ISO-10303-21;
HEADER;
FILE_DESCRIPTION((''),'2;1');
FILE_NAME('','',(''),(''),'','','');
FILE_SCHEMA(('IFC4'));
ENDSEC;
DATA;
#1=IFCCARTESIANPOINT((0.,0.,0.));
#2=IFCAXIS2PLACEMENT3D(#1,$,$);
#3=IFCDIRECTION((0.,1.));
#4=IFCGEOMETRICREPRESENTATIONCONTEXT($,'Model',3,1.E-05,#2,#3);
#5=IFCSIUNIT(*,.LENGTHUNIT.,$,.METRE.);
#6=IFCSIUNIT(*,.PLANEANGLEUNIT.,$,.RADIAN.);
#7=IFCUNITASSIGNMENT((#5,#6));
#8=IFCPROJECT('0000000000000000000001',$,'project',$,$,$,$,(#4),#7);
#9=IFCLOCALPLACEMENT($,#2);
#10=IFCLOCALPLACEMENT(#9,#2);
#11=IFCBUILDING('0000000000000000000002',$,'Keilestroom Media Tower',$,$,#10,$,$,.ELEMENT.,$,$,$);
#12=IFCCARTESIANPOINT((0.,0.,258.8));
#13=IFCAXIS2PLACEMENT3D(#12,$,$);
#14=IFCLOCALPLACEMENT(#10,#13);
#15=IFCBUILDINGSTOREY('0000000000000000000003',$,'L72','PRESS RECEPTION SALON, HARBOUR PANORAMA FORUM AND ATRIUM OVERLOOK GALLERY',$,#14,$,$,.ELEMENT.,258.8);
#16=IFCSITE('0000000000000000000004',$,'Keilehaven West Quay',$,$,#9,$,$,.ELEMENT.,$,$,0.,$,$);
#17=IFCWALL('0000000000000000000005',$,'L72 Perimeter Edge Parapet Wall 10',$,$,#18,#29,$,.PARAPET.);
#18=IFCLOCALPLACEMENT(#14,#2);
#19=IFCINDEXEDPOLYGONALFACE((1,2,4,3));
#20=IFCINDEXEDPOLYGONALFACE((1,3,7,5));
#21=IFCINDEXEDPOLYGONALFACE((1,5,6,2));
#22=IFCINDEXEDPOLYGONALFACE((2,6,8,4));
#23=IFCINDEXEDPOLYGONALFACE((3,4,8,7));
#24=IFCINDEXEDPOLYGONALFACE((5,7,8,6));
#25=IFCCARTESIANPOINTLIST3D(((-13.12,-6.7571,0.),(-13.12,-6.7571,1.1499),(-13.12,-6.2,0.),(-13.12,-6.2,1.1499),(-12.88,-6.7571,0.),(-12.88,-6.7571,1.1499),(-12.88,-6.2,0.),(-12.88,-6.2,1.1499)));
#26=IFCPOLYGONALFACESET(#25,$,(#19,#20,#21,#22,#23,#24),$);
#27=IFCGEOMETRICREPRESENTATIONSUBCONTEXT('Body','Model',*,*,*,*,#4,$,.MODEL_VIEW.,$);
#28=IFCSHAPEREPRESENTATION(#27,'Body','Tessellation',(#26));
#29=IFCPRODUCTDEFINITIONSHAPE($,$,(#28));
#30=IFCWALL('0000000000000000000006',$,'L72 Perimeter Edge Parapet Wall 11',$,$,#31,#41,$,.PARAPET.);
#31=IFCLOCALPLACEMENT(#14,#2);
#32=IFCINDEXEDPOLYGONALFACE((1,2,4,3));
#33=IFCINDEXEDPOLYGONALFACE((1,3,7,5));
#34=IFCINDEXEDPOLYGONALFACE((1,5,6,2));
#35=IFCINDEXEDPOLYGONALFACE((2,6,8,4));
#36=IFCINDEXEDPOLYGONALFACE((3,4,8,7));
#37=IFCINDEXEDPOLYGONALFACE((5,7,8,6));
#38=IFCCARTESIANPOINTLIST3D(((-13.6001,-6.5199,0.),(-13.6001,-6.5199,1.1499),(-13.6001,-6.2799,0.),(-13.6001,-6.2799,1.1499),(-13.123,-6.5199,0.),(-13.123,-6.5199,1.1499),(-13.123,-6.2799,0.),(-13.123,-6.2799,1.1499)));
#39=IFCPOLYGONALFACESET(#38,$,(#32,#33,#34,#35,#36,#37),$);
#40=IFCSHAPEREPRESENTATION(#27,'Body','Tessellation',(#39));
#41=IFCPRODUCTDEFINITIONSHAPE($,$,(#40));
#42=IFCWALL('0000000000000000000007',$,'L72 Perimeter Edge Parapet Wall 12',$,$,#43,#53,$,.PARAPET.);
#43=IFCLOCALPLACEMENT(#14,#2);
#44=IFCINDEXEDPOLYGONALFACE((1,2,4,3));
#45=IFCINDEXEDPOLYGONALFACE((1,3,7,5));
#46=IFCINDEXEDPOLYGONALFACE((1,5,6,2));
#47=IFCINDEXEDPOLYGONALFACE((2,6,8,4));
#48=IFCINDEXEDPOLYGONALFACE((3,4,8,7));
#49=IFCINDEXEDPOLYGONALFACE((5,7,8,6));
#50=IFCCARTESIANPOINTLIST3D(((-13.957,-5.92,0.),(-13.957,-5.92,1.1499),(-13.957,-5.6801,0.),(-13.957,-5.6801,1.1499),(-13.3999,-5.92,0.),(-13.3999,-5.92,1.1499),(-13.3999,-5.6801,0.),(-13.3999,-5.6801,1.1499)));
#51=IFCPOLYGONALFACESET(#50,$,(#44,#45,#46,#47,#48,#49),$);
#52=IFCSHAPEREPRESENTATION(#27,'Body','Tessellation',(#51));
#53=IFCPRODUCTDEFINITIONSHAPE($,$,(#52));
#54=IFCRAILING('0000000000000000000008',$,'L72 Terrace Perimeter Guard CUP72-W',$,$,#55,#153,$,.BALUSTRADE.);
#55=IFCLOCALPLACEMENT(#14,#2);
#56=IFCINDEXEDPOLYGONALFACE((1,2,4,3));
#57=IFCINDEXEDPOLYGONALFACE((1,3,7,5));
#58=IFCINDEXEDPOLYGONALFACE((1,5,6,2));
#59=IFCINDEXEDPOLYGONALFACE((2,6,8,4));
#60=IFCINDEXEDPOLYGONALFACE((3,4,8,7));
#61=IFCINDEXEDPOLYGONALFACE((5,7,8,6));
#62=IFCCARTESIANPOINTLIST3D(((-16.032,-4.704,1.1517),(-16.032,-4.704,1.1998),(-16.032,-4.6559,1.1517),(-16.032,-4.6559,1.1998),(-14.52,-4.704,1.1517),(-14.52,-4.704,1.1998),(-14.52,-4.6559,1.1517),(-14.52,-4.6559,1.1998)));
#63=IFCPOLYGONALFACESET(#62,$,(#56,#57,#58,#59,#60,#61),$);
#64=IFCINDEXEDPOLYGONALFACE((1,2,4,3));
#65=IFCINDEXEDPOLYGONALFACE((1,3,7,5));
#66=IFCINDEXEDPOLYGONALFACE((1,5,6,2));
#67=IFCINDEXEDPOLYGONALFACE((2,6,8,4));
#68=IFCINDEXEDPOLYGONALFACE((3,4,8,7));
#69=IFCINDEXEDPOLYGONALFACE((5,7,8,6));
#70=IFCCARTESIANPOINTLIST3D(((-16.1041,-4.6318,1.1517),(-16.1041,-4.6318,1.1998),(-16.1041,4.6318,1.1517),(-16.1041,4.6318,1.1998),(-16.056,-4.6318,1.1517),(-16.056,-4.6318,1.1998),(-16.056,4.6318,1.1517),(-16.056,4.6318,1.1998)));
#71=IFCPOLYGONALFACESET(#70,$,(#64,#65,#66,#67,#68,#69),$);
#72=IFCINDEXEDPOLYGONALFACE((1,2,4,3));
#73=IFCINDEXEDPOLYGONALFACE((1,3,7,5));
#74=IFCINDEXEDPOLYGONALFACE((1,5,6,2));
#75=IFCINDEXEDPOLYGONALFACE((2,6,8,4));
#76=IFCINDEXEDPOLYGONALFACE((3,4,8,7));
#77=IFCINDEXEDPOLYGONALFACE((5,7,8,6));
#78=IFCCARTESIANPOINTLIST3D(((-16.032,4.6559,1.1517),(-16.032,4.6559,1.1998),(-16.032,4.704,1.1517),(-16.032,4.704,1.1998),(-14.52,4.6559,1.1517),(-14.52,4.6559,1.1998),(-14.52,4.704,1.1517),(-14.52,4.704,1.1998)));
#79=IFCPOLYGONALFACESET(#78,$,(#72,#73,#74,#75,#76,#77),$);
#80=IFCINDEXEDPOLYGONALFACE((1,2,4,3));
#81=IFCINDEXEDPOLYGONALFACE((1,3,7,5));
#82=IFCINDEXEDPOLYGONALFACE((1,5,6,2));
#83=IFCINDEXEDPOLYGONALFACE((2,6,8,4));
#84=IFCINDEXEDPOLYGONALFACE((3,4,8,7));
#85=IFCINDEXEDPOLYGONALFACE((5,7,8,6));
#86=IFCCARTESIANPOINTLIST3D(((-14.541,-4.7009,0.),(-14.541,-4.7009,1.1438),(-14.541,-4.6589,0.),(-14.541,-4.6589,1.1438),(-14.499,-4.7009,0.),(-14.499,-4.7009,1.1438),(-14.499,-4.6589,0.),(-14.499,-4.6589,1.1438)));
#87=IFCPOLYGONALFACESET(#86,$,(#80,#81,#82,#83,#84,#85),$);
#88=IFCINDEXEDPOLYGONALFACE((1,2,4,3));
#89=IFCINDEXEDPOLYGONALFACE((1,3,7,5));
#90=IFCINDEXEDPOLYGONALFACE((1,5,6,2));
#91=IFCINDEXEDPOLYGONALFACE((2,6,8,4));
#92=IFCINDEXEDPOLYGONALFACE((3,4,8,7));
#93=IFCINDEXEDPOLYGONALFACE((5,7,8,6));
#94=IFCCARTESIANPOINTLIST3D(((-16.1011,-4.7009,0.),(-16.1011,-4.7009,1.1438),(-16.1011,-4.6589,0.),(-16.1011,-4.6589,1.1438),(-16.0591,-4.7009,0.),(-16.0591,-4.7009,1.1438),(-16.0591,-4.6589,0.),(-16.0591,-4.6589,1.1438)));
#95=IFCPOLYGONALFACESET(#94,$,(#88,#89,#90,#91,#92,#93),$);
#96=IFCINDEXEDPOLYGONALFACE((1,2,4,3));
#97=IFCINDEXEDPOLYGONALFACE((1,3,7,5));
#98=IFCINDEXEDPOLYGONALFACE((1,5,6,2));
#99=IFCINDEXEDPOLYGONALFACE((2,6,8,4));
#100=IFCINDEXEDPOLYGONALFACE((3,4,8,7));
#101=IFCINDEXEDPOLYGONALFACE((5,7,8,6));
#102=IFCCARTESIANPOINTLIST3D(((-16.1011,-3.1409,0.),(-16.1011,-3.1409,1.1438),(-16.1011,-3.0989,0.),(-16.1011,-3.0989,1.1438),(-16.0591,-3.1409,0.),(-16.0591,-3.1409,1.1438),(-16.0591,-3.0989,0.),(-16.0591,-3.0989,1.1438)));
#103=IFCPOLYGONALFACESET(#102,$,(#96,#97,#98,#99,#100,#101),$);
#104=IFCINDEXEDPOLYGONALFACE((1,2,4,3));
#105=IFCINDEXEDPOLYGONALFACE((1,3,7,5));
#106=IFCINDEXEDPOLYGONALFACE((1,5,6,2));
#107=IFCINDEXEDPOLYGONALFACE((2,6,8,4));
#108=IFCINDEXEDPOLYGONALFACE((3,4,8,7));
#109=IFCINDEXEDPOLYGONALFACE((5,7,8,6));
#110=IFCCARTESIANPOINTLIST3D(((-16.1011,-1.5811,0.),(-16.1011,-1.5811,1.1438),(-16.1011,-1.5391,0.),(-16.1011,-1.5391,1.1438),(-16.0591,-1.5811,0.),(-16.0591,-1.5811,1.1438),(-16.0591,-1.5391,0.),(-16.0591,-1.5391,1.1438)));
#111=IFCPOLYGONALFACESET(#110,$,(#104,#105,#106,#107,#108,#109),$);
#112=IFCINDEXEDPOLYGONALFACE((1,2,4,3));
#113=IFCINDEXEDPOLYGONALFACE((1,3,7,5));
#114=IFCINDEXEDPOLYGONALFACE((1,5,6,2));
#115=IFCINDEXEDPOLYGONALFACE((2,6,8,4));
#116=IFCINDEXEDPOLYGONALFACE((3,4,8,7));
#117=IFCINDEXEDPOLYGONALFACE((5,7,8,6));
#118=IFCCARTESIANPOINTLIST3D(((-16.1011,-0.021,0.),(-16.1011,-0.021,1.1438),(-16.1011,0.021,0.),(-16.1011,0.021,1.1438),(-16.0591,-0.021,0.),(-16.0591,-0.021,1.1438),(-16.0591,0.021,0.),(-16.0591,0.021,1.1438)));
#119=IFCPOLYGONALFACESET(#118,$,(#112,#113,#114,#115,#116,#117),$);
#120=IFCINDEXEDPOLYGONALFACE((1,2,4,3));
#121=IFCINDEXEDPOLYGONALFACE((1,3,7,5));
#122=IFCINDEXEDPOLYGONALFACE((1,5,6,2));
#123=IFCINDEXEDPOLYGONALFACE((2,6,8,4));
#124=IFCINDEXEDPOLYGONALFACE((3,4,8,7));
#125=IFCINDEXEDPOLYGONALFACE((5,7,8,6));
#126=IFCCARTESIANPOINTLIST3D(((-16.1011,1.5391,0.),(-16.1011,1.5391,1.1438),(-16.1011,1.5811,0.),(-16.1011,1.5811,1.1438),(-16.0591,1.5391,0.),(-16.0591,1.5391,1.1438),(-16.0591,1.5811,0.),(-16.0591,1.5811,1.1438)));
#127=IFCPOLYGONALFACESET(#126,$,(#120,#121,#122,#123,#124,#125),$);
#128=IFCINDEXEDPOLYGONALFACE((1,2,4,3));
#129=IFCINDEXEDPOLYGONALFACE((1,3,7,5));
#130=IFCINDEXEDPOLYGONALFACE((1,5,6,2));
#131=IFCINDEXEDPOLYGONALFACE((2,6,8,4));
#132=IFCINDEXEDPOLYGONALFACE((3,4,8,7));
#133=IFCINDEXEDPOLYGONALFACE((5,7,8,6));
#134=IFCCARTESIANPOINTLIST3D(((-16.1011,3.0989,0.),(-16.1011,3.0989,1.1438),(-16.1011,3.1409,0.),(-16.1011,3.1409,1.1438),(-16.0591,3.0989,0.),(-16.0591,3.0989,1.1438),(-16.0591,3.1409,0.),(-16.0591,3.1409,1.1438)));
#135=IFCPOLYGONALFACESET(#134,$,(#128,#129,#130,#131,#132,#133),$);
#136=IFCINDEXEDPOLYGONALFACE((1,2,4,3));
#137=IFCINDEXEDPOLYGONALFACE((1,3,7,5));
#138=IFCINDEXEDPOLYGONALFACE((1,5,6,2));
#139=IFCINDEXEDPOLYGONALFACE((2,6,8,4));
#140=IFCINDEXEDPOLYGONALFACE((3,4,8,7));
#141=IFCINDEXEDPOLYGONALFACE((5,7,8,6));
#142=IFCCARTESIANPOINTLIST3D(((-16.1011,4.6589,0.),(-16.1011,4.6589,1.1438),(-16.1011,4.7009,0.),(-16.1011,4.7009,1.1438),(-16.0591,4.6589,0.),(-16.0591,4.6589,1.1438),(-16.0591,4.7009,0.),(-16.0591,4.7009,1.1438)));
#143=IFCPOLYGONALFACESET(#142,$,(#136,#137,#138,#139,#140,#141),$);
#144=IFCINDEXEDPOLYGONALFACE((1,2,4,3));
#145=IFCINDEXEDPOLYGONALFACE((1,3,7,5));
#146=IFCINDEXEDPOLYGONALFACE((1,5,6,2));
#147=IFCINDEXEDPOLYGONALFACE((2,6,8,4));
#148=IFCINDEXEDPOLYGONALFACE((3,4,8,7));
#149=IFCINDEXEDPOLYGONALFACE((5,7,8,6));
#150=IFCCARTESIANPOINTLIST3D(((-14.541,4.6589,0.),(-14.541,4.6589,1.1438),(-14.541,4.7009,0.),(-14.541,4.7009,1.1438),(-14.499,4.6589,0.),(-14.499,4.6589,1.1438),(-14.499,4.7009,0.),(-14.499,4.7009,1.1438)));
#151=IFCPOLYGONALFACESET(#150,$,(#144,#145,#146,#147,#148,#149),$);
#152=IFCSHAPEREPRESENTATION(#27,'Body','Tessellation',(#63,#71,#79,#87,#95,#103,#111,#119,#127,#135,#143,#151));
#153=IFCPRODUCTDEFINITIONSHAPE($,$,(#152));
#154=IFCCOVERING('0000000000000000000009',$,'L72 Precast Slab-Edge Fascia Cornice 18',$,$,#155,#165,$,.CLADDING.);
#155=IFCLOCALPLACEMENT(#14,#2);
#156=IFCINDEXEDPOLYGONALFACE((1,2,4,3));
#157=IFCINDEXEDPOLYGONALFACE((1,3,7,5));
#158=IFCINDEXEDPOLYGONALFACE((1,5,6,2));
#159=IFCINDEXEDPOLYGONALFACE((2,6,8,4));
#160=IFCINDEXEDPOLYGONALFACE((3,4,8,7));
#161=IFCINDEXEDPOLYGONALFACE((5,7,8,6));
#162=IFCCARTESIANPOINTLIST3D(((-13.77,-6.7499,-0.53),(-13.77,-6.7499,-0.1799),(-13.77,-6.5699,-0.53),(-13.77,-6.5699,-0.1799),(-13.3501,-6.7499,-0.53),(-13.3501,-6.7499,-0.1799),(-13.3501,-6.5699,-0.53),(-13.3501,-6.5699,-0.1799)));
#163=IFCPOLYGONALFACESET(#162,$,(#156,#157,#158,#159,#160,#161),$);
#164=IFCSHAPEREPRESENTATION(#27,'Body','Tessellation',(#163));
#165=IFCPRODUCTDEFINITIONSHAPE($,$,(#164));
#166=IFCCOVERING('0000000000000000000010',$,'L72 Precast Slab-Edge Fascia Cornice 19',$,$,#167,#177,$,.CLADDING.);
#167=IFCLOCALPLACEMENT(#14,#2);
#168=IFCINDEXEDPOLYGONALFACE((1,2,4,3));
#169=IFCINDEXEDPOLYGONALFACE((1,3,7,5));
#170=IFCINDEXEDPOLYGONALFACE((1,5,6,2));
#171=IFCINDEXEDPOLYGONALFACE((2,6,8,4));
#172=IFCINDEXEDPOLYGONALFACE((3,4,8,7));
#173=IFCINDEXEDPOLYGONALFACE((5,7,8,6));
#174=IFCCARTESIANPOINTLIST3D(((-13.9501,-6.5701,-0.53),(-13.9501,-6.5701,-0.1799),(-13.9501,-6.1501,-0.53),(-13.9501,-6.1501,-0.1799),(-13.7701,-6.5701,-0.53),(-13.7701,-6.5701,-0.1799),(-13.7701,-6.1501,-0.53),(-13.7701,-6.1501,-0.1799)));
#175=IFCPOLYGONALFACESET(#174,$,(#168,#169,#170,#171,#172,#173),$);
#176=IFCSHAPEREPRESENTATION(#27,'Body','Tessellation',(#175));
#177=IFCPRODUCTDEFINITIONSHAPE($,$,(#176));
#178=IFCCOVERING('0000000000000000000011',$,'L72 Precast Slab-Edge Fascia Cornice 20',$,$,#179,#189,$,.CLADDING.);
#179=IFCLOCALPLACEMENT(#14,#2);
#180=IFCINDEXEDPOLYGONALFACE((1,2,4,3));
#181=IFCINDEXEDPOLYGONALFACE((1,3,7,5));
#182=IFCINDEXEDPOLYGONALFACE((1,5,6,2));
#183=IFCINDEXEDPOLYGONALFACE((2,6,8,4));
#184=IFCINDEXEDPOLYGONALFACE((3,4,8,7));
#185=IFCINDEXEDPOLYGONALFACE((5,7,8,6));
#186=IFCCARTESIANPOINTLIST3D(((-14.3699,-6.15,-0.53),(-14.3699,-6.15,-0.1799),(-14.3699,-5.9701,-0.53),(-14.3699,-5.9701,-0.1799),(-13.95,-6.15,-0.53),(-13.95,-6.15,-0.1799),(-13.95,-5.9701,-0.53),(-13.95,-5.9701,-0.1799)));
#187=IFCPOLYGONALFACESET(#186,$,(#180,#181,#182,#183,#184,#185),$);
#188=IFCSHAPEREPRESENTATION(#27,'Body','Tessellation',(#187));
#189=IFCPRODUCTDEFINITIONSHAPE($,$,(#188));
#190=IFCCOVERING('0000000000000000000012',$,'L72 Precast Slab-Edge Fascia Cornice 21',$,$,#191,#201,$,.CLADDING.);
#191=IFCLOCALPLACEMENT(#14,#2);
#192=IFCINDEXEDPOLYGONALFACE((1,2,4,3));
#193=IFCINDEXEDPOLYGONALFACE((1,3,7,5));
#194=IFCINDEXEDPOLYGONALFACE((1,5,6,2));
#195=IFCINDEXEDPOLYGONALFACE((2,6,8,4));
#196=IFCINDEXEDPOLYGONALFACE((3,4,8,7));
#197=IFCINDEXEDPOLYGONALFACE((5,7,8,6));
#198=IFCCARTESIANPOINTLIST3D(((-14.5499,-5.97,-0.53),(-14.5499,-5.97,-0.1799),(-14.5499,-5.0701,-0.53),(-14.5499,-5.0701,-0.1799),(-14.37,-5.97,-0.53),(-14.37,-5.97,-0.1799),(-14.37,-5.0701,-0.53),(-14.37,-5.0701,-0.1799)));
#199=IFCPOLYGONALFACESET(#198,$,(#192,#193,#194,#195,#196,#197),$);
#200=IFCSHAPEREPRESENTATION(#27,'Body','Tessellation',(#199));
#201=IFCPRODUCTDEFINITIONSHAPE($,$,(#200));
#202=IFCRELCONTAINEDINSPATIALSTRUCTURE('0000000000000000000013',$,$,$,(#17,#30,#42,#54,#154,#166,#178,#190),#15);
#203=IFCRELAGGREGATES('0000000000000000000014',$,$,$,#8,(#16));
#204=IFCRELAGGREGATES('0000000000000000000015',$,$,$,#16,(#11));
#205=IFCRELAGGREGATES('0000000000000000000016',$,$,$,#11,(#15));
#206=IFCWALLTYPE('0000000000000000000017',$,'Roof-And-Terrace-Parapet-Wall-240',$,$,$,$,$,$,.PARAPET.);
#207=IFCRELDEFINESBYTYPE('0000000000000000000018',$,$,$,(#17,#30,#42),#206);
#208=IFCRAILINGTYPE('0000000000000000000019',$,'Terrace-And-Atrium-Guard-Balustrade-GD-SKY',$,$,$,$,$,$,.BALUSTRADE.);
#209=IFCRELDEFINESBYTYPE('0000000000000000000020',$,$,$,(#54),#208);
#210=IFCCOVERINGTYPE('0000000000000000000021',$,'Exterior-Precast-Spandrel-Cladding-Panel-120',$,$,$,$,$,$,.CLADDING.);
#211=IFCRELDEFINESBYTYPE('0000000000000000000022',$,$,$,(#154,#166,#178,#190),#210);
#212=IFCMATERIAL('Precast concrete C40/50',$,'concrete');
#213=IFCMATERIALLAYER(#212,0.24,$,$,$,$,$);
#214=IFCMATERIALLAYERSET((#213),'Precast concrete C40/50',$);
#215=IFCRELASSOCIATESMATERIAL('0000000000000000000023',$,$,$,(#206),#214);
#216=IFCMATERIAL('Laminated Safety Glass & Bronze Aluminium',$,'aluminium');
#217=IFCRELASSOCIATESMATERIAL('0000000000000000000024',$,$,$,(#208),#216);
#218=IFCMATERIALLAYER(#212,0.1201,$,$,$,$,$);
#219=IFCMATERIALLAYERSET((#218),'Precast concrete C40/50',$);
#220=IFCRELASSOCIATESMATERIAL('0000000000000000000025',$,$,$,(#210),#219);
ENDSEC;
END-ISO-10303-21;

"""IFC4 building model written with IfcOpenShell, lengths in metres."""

from ifc_helpers import new_model, si_unit, direction, frame, frame_2d, origin, origin_2d, place, context, subcontext, project, spatial, rectangle, extrude, source, transform, mapped, material, layer, layer_set, type_object, element, save


model = new_model("IFC4")

# Units and contexts
model_context = context("Model", 3, precision=1e-05, world=origin(), true_north=direction((0.0, 1.0)))
body_context = subcontext(model_context, "Body", "Model", "MODEL_VIEW")
ifc_project = project(units=[si_unit("LENGTHUNIT", "METRE"), si_unit("PLANEANGLEUNIT", "RADIAN")], contexts=[model_context])

# Site, building, storey
site_placement = place(None, origin())
site = spatial("IfcSite", under=ifc_project, at=site_placement, Name="Keilehaven West Quay", CompositionType="ELEMENT", RefElevation=0.0)
building_placement = place(site_placement, origin())
building = spatial("IfcBuilding", under=site, at=building_placement, Name="Keilestroom Media Tower", CompositionType="ELEMENT")
storey_placement = place(building_placement, frame((0.0, 0.0, 258.8)))
storey = spatial("IfcBuildingStorey", under=building, at=storey_placement, Name="L72", Description="PRESS RECEPTION SALON, HARBOUR PANORAMA FORUM AND ATRIUM OVERLOOK GALLERY", CompositionType="ELEMENT", Elevation=258.8)

# Shared definitions
ifc_material_1 = material(Name="Precast concrete C40/50", Category="concrete")

# Walls
ifc_layer_1 = layer(ifc_material_1, 0.24)
ifc_layer_set_1 = layer_set([ifc_layer_1], Name="Precast concrete C40/50")
wall_type_1 = type_object("IfcWallType", Name="Roof-And-Terrace-Parapet-Wall-240", PredefinedType="PARAPET", material=ifc_layer_set_1)
wall_1_placement = place(storey_placement, frame((-13.0, -6.7571, 0.0), z_axis=(0.0, 0.0, 1.0), x_axis=(0.0, 1.0, 0.0)))
element("IfcWall", 1, at=wall_1_placement, inside=storey, type_object=wall_type_1, Name="L72 Perimeter Edge Parapet Wall 10", PredefinedType="PARAPET", context=body_context, shape_type="SweptSolid", body=[
    extrude(rectangle(XDim=0.5571, YDim=0.24, at=frame_2d((0.2786, 0.0))), origin(), (0.0, 0.0, 1.0), 1.1499),
])
wall_2_placement = place(storey_placement, frame((-13.123, -6.3999, 0.0), z_axis=(0.0, 0.0, 1.0), x_axis=(-1.0, 0.0, 0.0)))
element("IfcWall", 2, at=wall_2_placement, inside=storey, type_object=wall_type_1, Name="L72 Perimeter Edge Parapet Wall 11", PredefinedType="PARAPET", context=body_context, shape_type="SweptSolid", body=[
    extrude(rectangle(XDim=0.4771, YDim=0.24, at=frame_2d((0.2385, 0.0))), origin(), (0.0, 0.0, 1.0), 1.1499),
])
wall_3_placement = place(storey_placement, frame((-13.3999, -5.8, 0.0), z_axis=(0.0, 0.0, 1.0), x_axis=(-1.0, 0.0, 0.0)))
element("IfcWall", 3, at=wall_3_placement, inside=storey, type_object=wall_type_1, Name="L72 Perimeter Edge Parapet Wall 12", PredefinedType="PARAPET", context=body_context, shape_type="SweptSolid", body=[
    extrude(rectangle(XDim=0.5571, YDim=0.24, at=frame_2d((0.2786, 0.0))), origin(), (0.0, 0.0, 1.0), 1.1499),
])

# Railing
ifc_material_2 = material(Name="Laminated Safety Glass & Bronze Aluminium", Category="aluminium")
railing_type = type_object("IfcRailingType", Name="Terrace-And-Atrium-Guard-Balustrade-GD-SKY", PredefinedType="BALUSTRADE", material=ifc_material_2)
railing_placement = place(storey_placement, frame((-14.52, -4.6799, 0.0)))
element("IfcRailing", 4, at=railing_placement, inside=storey, type_object=railing_type, Name="L72 Terrace Perimeter Guard CUP72-W", PredefinedType="BALUSTRADE", context=body_context, shape_type="SweptSolid", body=[
    extrude(rectangle(XDim=0.0481, YDim=0.0481, at=origin_2d()), frame((0.0, 0.0, 1.1758), z_axis=(-1.0, 0.0, 0.0), x_axis=(0.0, -1.0, 0.0)), (0.0, 0.0, 1.0), 1.512),
    extrude(rectangle(XDim=0.0481, YDim=0.0481, at=origin_2d()), frame((-1.5601, 0.0481, 1.1758), z_axis=(0.0, 1.0, 0.0), x_axis=(-1.0, 0.0, 0.0)), (0.0, 0.0, 1.0), 9.2637),
    extrude(rectangle(XDim=0.0481, YDim=0.0481, at=origin_2d()), frame((-1.512, 9.3599, 1.1758), z_axis=(1.0, 0.0, 0.0), x_axis=(0.0, 1.0, 0.0)), (0.0, 0.0, 1.0), 1.512),
    extrude(rectangle(XDim=0.042, YDim=0.042, at=origin_2d()), origin(), (0.0, 0.0, 1.0), 1.1438),
    extrude(rectangle(XDim=0.042, YDim=0.042, at=origin_2d()), frame((-1.5601, 0.0, 0.0)), (0.0, 0.0, 1.0), 1.1438),
    extrude(rectangle(XDim=0.042, YDim=0.042, at=origin_2d()), frame((-1.5601, 1.5601, 0.0)), (0.0, 0.0, 1.0), 1.1438),
    extrude(rectangle(XDim=0.042, YDim=0.042, at=origin_2d()), frame((-1.5601, 3.1199, 0.0)), (0.0, 0.0, 1.0), 1.1438),
    extrude(rectangle(XDim=0.042, YDim=0.042, at=origin_2d()), frame((-1.5601, 4.6799, 0.0)), (0.0, 0.0, 1.0), 1.1438),
    extrude(rectangle(XDim=0.042, YDim=0.042, at=origin_2d()), frame((-1.5601, 6.24, 0.0)), (0.0, 0.0, 1.0), 1.1438),
    extrude(rectangle(XDim=0.042, YDim=0.042, at=origin_2d()), frame((-1.5601, 7.7998, 0.0)), (0.0, 0.0, 1.0), 1.1438),
    extrude(rectangle(XDim=0.042, YDim=0.042, at=origin_2d()), frame((-1.5601, 9.3599, 0.0)), (0.0, 0.0, 1.0), 1.1438),
    extrude(rectangle(XDim=0.042, YDim=0.042, at=origin_2d()), frame((0.0, 9.3599, 0.0)), (0.0, 0.0, 1.0), 1.1438),
])

# Coverings
ifc_layer_2 = layer(ifc_material_1, 0.1201)
ifc_layer_set_2 = layer_set([ifc_layer_2], Name="Precast concrete C40/50")
covering_type = type_object("IfcCoveringType", Name="Exterior-Precast-Spandrel-Cladding-Panel-120", PredefinedType="CLADDING", material=ifc_layer_set_2)
shared_shape_1 = source(origin(), body_context, "Body", "SweptSolid", [
    extrude(rectangle(XDim=0.4199, YDim=0.1799, at=origin_2d()), origin(), (0.0, 0.0, 1.0), 0.3501),
])
for number, where, z_axis, x_axis, name in (
    (5, (-13.5601, -6.6599, -0.53), (0.0, 0.0, 1.0), (-1.0, 0.0, 0.0), "L72 Precast Slab-Edge Fascia Cornice 18"),
    (6, (-13.8601, -6.3601, -0.53), (0.0, 0.0, 1.0), (0.0, 1.0, 0.0), "L72 Precast Slab-Edge Fascia Cornice 19"),
    (7, (-14.1599, -6.0601, -0.53), (0.0, 0.0, 1.0), (-1.0, 0.0, 0.0), "L72 Precast Slab-Edge Fascia Cornice 20"),
):
    element("IfcCovering", number, at=place(storey_placement, frame(where, z_axis=z_axis, x_axis=x_axis)), inside=storey, type_object=covering_type, Name=name, PredefinedType="CLADDING", context=body_context, shape_type="MappedRepresentation", body=[
        mapped(shared_shape_1, transform((0.0, 0.0, 0.0), x_axis=(1.0, 0.0, 0.0), y_axis=(0.0, 1.0, 0.0), z_axis=(0.0, 0.0, 1.0), scale=1.0)),
    ])
shared_shape_2 = source(origin(), body_context, "Body", "SweptSolid", [
    extrude(rectangle(XDim=0.8999, YDim=0.1799, at=origin_2d()), origin(), (0.0, 0.0, 1.0), 0.3501),
])
covering_placement = place(storey_placement, frame((-14.46, -5.52, -0.53), z_axis=(0.0, 0.0, 1.0), x_axis=(0.0, 1.0, 0.0)))
element("IfcCovering", 8, at=covering_placement, inside=storey, type_object=covering_type, Name="L72 Precast Slab-Edge Fascia Cornice 21", PredefinedType="CLADDING", context=body_context, shape_type="MappedRepresentation", body=[
    mapped(shared_shape_2, transform((0.0, 0.0, 0.0), x_axis=(1.0, 0.0, 0.0), y_axis=(0.0, 1.0, 0.0), z_axis=(0.0, 0.0, 1.0), scale=1.0)),
])

save(model, "model.ifc")
